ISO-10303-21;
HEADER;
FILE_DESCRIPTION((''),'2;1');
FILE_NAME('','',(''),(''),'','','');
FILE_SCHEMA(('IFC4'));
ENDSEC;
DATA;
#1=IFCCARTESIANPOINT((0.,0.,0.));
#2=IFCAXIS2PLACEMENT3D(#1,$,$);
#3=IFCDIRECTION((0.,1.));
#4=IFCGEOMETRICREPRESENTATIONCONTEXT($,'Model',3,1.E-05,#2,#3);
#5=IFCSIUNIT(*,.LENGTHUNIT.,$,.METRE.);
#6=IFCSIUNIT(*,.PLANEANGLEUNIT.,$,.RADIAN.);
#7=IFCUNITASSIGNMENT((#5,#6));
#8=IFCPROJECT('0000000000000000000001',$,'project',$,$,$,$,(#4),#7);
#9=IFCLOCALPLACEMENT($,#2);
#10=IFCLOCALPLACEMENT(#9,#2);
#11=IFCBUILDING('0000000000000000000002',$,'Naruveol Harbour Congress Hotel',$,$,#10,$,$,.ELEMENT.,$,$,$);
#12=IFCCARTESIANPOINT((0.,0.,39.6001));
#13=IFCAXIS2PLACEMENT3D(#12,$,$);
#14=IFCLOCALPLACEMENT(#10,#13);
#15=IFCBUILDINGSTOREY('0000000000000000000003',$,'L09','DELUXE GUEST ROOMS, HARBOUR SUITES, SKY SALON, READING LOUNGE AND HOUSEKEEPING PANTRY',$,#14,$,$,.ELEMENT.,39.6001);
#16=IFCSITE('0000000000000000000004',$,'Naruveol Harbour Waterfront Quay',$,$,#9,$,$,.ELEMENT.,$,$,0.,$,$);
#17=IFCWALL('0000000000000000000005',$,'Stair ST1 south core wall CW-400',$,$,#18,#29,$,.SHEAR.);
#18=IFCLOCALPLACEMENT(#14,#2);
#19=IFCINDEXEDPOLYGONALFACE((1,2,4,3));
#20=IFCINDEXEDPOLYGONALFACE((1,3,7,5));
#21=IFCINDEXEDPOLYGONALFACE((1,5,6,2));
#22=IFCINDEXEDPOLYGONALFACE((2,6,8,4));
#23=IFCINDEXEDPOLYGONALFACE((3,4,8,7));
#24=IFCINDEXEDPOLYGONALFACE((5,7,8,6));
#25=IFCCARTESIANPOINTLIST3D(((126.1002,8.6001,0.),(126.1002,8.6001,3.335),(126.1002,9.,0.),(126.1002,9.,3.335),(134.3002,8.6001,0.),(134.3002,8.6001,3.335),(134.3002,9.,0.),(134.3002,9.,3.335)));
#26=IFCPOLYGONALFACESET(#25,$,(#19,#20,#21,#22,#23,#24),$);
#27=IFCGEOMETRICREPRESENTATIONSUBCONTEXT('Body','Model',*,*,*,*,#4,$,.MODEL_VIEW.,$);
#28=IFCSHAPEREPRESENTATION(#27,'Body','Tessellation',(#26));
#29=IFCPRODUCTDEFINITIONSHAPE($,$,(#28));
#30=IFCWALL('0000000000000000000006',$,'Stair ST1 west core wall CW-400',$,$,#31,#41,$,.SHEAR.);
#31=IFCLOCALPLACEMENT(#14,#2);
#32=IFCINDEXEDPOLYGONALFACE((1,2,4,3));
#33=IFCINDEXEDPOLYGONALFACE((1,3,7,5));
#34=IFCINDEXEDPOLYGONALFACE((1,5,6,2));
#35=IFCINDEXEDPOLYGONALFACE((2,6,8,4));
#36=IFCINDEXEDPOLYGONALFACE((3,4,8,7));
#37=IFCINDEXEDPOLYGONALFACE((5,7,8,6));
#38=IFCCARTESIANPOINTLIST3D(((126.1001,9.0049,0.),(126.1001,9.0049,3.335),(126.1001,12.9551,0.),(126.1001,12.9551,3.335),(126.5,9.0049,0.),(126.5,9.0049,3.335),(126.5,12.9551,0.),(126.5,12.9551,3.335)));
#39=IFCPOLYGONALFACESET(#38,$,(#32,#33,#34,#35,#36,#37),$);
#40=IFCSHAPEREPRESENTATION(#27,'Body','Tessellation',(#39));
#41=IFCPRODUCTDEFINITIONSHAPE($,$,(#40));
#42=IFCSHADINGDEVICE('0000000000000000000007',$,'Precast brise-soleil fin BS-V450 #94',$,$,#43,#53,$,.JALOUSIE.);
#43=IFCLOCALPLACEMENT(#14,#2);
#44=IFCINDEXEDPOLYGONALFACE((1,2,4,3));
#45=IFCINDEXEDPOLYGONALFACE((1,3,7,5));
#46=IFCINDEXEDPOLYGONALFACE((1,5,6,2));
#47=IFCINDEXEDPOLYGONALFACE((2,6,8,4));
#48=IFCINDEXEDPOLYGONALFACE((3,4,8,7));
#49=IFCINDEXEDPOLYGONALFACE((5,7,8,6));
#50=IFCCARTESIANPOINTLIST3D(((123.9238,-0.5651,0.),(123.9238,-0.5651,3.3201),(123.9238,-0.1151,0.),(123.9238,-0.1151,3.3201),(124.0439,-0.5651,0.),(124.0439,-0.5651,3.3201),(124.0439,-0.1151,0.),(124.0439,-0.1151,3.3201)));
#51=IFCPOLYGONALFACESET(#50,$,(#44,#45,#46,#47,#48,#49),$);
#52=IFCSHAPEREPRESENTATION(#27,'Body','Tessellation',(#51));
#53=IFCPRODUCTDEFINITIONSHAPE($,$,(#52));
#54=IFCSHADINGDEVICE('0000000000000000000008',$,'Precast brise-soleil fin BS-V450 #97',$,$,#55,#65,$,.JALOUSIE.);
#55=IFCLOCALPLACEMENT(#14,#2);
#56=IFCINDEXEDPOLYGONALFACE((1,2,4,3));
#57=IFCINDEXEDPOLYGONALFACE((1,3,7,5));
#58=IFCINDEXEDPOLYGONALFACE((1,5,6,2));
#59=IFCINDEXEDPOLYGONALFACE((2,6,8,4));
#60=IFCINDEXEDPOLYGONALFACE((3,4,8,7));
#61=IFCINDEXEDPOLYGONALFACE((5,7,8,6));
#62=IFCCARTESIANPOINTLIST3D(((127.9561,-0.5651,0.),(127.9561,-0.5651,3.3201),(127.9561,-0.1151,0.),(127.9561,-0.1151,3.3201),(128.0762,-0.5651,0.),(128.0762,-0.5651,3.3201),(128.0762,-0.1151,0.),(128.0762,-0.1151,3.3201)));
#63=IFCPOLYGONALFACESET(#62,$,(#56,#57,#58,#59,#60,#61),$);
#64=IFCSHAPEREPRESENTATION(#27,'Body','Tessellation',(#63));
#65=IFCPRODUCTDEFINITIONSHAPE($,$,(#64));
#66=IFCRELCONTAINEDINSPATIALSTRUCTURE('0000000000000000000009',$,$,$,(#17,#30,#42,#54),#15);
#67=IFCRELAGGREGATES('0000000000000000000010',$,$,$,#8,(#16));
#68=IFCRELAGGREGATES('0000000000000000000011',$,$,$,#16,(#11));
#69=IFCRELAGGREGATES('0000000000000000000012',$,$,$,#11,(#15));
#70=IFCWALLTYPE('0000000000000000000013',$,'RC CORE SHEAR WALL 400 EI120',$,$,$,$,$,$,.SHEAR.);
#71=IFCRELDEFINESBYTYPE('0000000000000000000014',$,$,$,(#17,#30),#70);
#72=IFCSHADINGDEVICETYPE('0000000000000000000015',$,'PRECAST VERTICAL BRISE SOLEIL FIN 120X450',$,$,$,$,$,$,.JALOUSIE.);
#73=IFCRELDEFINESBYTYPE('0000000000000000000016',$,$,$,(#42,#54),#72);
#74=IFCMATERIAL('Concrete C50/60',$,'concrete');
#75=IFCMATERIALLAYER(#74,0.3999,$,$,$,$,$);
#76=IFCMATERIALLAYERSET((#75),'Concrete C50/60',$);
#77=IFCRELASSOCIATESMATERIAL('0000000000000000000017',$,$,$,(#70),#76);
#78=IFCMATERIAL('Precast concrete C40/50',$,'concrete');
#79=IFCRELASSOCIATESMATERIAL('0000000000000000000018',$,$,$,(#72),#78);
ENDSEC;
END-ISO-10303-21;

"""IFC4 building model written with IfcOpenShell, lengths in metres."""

from ifc_helpers import new_model, si_unit, direction, frame, frame_2d, origin, origin_2d, place, context, subcontext, project, spatial, rectangle, extrude, material, layer, layer_set, type_object, element, save


model = new_model("IFC4")

# Units and contexts
model_context = context("Model", 3, precision=1e-05, world=origin(), true_north=direction((0.0, 1.0)))
body_context = subcontext(model_context, "Body", "Model", "MODEL_VIEW")
ifc_project = project(units=[si_unit("LENGTHUNIT", "METRE"), si_unit("PLANEANGLEUNIT", "RADIAN")], contexts=[model_context])

# Site, building, storey
site_placement = place(None, origin())
site = spatial("IfcSite", under=ifc_project, at=site_placement, Name="Naruveol Harbour Waterfront Quay", CompositionType="ELEMENT", RefElevation=0.0)
building_placement = place(site_placement, origin())
building = spatial("IfcBuilding", under=site, at=building_placement, Name="Naruveol Harbour Congress Hotel", CompositionType="ELEMENT")
storey_placement = place(building_placement, frame((0.0, 0.0, 39.6001)))
storey = spatial("IfcBuildingStorey", under=building, at=storey_placement, Name="L09", Description="DELUXE GUEST ROOMS, HARBOUR SUITES, SKY SALON, READING LOUNGE AND HOUSEKEEPING PANTRY", CompositionType="ELEMENT", Elevation=39.6001)

# Walls
ifc_material_1 = material(Name="Concrete C50/60", Category="concrete")
ifc_layer_1 = layer(ifc_material_1, 0.3999)
ifc_layer_set_1 = layer_set([ifc_layer_1], Name="Concrete C50/60")
wall_type_1 = type_object("IfcWallType", Name="RC CORE SHEAR WALL 400 EI120", PredefinedType="SHEAR", material=ifc_layer_set_1)
wall_1_placement = place(storey_placement, frame((126.1001, 8.8, 0.0), z_axis=(0.0, 0.0, 1.0), x_axis=(1.0, 0.0, 0.0)))
element("IfcWall", 1, at=wall_1_placement, inside=storey, type_object=wall_type_1, Name="Stair ST1 south core wall CW-400", PredefinedType="SHEAR", context=body_context, shape_type="SweptSolid", body=[
    extrude(rectangle(XDim=8.2, YDim=0.3999, at=frame_2d((4.1001, 0.0))), origin(), (0.0, 0.0, 1.0), 3.335),
])
wall_2_placement = place(storey_placement, frame((126.3, 9.0049, 0.0), z_axis=(0.0, 0.0, 1.0), x_axis=(0.0, 1.0, 0.0)))
element("IfcWall", 2, at=wall_2_placement, inside=storey, type_object=wall_type_1, Name="Stair ST1 west core wall CW-400", PredefinedType="SHEAR", context=body_context, shape_type="SweptSolid", body=[
    extrude(rectangle(XDim=3.9502, YDim=0.3999, at=frame_2d((1.9751, 0.0))), origin(), (0.0, 0.0, 1.0), 3.335),
])

# Shading devices
ifc_material_2 = material(Name="Precast concrete C40/50", Category="concrete")
shading_device_type = type_object("IfcShadingDeviceType", Name="PRECAST VERTICAL BRISE SOLEIL FIN 120X450", PredefinedType="JALOUSIE", material=ifc_material_2)
for number, where, z_axis, x_axis, name in (
    (3, (123.9839, -0.3401, 0.0), (0.0, 0.0, 1.0), (-1.0, 0.0, 0.0), "Precast brise-soleil fin BS-V450 #94"),
    (4, (128.0161, -0.3401, 0.0), (0.0, 0.0, 1.0), (-1.0, 0.0, 0.0), "Precast brise-soleil fin BS-V450 #97"),
):
    element("IfcShadingDevice", number, at=place(storey_placement, frame(where, z_axis=z_axis, x_axis=x_axis)), inside=storey, type_object=shading_device_type, Name=name, PredefinedType="JALOUSIE", context=body_context, shape_type="SweptSolid", body=[
        extrude(rectangle(XDim=0.1201, YDim=0.45, at=origin_2d()), origin(), (0.0, 0.0, 1.0), 3.3201),
    ])

save(model, "model.ifc")
